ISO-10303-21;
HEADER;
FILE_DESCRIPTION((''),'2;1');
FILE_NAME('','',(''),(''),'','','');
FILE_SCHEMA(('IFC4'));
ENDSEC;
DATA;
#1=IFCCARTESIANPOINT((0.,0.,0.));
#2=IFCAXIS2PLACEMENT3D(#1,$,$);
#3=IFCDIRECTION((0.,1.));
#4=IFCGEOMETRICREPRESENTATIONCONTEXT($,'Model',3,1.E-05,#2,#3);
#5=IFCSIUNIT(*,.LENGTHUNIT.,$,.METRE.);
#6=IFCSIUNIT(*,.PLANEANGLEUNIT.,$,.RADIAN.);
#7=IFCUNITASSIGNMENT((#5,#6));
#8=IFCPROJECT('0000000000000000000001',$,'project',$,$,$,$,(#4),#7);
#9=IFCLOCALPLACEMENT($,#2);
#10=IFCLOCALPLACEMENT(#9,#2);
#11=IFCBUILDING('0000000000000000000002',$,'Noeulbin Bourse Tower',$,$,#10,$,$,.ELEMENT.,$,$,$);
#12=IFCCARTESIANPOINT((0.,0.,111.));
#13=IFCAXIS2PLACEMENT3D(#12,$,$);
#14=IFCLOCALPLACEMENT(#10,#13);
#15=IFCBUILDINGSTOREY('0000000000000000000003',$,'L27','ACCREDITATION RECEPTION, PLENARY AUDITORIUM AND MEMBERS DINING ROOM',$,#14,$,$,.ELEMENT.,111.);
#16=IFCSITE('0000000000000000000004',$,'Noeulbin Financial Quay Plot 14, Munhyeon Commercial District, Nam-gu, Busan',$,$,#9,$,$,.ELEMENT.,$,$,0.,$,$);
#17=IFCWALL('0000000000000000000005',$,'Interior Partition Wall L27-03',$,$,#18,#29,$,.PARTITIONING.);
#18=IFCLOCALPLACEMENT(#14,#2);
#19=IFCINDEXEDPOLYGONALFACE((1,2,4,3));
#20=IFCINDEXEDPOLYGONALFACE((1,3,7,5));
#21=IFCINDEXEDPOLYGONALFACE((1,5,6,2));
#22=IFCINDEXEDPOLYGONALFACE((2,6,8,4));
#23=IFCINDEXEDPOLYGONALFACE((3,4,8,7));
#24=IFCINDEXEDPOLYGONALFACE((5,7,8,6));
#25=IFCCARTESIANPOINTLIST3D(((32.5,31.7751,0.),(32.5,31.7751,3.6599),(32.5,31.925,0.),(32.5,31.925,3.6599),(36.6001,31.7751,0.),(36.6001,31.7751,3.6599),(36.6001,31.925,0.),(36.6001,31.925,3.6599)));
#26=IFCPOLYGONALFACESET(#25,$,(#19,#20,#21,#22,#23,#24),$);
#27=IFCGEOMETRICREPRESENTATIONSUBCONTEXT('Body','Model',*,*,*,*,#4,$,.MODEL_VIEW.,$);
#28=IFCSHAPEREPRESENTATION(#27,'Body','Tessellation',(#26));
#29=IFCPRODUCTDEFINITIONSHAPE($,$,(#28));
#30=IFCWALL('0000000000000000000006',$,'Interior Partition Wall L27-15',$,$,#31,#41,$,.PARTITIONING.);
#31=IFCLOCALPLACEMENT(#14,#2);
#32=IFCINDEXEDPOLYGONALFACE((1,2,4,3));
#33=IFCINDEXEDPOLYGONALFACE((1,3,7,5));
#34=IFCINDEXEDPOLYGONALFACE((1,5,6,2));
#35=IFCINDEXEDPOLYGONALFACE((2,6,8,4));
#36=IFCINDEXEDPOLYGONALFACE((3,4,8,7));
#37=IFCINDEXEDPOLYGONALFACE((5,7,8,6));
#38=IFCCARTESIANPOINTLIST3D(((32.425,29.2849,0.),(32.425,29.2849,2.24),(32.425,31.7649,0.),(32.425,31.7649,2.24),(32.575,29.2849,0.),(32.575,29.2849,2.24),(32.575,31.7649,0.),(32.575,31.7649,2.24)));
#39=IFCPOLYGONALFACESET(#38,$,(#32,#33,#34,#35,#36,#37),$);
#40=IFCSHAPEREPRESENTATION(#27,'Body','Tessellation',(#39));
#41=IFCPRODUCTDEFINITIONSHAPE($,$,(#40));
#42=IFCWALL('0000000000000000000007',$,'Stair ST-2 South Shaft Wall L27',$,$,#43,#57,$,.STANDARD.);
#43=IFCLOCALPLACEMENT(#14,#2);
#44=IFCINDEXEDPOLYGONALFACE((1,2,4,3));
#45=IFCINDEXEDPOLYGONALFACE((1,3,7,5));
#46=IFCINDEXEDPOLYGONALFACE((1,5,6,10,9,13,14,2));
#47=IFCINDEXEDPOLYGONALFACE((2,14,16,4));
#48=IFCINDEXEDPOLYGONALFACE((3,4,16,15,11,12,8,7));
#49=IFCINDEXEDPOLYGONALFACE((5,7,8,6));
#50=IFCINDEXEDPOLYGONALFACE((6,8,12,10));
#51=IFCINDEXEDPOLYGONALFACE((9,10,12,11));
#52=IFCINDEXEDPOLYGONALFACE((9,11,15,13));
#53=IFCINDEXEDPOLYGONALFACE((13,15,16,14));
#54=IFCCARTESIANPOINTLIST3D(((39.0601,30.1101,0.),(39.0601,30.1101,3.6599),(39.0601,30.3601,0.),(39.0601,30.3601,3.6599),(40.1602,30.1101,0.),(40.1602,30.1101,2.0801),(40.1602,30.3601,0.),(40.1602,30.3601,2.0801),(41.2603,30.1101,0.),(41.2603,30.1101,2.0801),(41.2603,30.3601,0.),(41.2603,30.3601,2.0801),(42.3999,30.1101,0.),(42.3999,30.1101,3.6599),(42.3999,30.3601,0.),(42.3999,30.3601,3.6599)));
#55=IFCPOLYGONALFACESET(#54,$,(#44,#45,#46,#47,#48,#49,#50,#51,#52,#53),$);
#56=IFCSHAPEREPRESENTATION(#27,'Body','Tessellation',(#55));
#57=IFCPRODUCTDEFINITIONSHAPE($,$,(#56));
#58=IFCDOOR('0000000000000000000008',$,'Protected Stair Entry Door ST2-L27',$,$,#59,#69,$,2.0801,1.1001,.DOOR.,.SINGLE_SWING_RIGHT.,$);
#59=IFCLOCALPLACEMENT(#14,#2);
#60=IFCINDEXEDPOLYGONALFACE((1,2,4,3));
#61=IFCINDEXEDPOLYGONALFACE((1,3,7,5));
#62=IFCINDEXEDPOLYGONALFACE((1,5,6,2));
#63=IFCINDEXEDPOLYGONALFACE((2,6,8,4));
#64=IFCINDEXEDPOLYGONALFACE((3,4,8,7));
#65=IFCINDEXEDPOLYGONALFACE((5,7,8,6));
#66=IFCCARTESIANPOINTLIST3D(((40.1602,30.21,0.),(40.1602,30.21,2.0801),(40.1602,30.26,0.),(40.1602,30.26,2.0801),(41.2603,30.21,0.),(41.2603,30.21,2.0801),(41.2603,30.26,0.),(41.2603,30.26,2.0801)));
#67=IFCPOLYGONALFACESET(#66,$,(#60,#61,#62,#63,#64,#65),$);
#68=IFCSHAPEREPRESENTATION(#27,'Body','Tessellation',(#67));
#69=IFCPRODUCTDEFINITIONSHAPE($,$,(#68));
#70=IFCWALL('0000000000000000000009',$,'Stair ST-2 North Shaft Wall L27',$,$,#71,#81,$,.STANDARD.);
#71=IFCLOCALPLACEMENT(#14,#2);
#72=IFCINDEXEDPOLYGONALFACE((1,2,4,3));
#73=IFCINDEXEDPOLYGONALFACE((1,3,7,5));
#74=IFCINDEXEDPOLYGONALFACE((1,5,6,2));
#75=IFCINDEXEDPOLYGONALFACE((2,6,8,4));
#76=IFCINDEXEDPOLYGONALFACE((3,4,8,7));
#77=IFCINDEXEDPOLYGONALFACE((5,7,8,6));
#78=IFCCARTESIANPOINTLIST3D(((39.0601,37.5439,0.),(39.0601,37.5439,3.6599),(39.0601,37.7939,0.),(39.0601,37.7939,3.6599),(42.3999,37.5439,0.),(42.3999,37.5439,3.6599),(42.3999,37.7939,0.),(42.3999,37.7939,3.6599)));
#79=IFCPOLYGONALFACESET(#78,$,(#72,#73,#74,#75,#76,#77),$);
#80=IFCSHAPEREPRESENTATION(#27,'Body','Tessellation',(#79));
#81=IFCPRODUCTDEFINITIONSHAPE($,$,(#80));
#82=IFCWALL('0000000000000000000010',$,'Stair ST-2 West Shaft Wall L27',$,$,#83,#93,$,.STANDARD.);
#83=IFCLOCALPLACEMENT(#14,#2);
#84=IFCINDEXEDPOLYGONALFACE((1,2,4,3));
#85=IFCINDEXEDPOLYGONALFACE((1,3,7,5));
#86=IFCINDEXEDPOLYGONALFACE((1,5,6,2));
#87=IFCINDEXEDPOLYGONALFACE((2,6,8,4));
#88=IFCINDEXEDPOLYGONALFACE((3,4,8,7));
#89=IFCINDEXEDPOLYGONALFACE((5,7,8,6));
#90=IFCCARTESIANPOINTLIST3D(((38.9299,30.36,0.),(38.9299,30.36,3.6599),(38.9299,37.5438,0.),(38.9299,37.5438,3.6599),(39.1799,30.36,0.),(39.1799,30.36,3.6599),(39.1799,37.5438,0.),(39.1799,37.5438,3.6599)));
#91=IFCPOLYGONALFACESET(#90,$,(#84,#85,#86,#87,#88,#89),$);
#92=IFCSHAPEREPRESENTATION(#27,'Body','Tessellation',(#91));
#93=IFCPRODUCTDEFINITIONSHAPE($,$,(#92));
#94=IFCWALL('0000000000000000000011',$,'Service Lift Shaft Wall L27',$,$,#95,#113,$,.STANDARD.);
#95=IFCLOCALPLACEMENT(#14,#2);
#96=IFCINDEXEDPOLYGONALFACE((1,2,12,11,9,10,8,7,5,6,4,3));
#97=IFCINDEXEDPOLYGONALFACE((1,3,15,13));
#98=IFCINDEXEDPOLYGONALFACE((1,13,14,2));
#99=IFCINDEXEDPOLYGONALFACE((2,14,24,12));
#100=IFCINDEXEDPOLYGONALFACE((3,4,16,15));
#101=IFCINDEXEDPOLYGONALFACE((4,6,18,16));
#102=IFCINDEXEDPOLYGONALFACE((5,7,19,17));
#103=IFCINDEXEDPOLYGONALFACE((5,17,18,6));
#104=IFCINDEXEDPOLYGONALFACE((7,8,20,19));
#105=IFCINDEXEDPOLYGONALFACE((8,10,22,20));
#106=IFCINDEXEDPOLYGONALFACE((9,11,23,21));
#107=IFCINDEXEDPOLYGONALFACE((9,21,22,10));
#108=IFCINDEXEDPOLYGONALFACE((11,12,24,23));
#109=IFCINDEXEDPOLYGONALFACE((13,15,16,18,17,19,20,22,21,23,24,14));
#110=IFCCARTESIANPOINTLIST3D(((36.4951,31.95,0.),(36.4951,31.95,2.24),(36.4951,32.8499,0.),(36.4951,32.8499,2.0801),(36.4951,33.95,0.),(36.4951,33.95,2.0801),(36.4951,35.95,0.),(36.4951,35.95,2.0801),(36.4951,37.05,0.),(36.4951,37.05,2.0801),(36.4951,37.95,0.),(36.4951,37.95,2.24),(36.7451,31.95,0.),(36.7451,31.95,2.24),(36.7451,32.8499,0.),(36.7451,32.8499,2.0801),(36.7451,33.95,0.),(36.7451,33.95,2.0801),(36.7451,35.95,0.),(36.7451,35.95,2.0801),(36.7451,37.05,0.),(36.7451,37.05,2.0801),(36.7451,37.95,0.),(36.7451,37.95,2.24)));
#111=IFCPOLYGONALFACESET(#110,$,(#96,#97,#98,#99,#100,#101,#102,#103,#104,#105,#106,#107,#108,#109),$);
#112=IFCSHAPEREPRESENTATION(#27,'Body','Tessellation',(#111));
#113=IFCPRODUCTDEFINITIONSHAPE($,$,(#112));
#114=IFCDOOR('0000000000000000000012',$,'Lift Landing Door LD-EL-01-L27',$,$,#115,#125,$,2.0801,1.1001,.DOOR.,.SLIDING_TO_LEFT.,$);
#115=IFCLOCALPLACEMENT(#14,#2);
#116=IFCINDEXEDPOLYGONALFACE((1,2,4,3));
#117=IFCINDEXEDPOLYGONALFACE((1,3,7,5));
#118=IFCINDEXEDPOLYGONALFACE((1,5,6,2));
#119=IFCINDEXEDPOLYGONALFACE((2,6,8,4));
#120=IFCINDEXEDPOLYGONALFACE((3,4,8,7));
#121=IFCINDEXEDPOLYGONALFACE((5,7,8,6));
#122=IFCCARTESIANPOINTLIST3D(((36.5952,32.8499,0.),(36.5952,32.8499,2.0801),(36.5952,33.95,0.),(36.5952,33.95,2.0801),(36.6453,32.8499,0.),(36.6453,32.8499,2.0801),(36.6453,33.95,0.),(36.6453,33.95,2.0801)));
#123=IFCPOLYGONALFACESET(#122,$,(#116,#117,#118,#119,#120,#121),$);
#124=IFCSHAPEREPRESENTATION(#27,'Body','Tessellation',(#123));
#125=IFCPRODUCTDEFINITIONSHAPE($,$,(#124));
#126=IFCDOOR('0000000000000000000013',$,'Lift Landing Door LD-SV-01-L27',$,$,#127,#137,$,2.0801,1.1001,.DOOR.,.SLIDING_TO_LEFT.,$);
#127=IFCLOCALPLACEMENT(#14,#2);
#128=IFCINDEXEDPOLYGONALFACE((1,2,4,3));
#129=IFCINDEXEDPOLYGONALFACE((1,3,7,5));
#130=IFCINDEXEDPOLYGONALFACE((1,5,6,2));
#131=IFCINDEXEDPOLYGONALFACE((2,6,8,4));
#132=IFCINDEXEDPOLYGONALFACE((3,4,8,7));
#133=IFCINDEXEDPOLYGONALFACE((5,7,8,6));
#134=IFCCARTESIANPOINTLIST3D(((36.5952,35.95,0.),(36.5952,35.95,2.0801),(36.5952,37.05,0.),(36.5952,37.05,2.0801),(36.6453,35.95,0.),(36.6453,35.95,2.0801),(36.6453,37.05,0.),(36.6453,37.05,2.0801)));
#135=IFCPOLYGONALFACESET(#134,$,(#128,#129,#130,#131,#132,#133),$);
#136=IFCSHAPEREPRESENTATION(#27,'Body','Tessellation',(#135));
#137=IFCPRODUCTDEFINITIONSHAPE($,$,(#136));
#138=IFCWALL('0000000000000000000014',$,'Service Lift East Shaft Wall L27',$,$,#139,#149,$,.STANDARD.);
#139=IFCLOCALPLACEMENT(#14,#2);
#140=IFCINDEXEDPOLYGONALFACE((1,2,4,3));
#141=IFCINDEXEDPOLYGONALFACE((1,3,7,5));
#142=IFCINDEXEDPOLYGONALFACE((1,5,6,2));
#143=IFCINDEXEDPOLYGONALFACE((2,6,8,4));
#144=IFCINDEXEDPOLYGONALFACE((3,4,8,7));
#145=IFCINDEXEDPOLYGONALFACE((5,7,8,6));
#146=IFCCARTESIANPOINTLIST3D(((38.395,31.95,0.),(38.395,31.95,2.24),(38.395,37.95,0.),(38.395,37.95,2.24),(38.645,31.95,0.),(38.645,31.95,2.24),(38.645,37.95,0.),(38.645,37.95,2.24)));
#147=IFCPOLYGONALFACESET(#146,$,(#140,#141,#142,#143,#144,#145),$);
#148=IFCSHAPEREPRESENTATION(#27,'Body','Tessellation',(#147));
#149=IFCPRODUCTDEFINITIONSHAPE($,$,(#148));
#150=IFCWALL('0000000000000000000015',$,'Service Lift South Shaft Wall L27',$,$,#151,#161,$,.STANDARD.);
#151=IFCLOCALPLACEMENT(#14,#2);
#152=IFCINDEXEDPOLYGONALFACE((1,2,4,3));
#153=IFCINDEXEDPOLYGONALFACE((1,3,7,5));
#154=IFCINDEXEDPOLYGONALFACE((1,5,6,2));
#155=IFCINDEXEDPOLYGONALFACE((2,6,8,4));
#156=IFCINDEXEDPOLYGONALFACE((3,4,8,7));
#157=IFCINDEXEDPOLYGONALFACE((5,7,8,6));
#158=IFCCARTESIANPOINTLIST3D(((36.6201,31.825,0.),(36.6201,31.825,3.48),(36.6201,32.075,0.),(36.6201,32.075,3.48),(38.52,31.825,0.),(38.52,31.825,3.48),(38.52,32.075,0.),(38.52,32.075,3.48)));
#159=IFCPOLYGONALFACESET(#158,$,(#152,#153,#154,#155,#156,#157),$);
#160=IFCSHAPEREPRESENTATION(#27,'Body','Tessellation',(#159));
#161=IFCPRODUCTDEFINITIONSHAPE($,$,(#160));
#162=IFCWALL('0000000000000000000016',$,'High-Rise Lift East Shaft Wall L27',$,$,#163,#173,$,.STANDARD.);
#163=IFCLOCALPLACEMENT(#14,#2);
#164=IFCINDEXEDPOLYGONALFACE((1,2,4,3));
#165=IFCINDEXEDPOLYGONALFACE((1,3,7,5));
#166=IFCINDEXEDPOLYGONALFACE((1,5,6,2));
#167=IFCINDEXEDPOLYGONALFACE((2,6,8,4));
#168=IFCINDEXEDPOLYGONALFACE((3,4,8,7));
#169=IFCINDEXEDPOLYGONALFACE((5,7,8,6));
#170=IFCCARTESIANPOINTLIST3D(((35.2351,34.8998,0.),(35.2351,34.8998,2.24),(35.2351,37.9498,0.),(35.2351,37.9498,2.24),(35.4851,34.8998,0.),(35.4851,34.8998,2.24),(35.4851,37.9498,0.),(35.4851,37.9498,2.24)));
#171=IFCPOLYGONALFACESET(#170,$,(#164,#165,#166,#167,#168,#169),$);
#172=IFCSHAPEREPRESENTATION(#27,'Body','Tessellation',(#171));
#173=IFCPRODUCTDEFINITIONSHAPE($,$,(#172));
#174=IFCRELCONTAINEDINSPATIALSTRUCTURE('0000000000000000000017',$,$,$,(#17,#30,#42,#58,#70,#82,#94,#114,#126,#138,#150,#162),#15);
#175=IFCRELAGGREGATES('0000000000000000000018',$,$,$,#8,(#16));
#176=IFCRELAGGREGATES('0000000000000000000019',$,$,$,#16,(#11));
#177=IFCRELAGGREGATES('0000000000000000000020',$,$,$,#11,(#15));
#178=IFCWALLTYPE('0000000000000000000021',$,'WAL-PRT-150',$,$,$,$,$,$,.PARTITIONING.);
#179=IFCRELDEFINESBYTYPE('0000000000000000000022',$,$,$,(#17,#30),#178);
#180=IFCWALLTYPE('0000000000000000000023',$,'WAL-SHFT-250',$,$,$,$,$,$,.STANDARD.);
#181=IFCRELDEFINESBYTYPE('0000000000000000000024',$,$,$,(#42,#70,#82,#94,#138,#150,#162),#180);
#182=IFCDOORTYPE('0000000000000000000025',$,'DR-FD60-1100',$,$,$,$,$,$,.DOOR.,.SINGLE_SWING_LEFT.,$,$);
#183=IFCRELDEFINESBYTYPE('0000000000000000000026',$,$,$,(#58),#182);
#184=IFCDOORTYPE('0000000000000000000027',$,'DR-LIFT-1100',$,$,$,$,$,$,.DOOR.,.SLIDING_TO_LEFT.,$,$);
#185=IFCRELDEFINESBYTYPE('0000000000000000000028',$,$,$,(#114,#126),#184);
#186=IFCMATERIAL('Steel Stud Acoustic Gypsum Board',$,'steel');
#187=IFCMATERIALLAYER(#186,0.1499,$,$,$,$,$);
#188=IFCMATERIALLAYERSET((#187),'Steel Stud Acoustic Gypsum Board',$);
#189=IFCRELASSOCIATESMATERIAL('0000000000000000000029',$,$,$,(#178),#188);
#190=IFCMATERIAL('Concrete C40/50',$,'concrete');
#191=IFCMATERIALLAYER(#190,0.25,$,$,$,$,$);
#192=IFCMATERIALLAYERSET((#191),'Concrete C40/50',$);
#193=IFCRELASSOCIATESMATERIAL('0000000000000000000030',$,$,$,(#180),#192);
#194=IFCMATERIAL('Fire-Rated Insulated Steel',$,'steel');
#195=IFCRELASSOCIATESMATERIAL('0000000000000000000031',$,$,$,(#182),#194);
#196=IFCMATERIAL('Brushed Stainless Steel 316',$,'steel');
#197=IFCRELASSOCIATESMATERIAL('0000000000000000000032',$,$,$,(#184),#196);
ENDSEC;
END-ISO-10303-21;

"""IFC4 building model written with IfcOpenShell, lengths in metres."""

from ifc_helpers import new_model, si_unit, direction, frame, frame_2d, origin, place, context, subcontext, project, spatial, rectangle, extrude, material, layer, layer_set, type_object, element, fill, save


model = new_model("IFC4")

# Units and contexts
model_context = context("Model", 3, precision=1e-05, world=origin(), true_north=direction((0.0, 1.0)))
body_context = subcontext(model_context, "Body", "Model", "MODEL_VIEW")
ifc_project = project(units=[si_unit("LENGTHUNIT", "METRE"), si_unit("PLANEANGLEUNIT", "RADIAN")], contexts=[model_context])

# Site, building, storey
site_placement = place(None, origin())
site = spatial("IfcSite", under=ifc_project, at=site_placement, Name="Noeulbin Financial Quay Plot 14, Munhyeon Commercial District, Nam-gu, Busan", CompositionType="ELEMENT", RefElevation=0.0)
building_placement = place(site_placement, origin())
building = spatial("IfcBuilding", under=site, at=building_placement, Name="Noeulbin Bourse Tower", CompositionType="ELEMENT")
storey_placement = place(building_placement, frame((0.0, 0.0, 111.0)))
storey = spatial("IfcBuildingStorey", under=building, at=storey_placement, Name="L27", Description="ACCREDITATION RECEPTION, PLENARY AUDITORIUM AND MEMBERS DINING ROOM", CompositionType="ELEMENT", Elevation=111.0)

# Walls
ifc_material_1 = material(Name="Concrete C40/50", Category="concrete")
ifc_material_2 = material(Name="Steel Stud Acoustic Gypsum Board", Category="steel")
ifc_layer_1 = layer(ifc_material_2, 0.1499)
ifc_layer_set_1 = layer_set([ifc_layer_1], Name="Steel Stud Acoustic Gypsum Board")
wall_type_1 = type_object("IfcWallType", Name="WAL-PRT-150", PredefinedType="PARTITIONING", material=ifc_layer_set_1)
wall_1_placement = place(storey_placement, frame((32.5, 31.8501, 0.0), z_axis=(0.0, 0.0, 1.0), x_axis=(1.0, 0.0, 0.0)))
element("IfcWall", 1, at=wall_1_placement, inside=storey, type_object=wall_type_1, Name="Interior Partition Wall L27-03", PredefinedType="PARTITIONING", context=body_context, shape_type="SweptSolid", body=[
    extrude(rectangle(XDim=4.1001, YDim=0.1499, at=frame_2d((2.05, 0.0))), origin(), (0.0, 0.0, 1.0), 3.6599),
])
wall_2_placement = place(storey_placement, frame((32.5, 29.2849, 0.0), z_axis=(0.0, 0.0, 1.0), x_axis=(0.0, 1.0, 0.0)))
element("IfcWall", 2, at=wall_2_placement, inside=storey, type_object=wall_type_1, Name="Interior Partition Wall L27-15", PredefinedType="PARTITIONING", context=body_context, shape_type="SweptSolid", body=[
    extrude(rectangle(XDim=2.48, YDim=0.1499, at=frame_2d((1.24, 0.0))), origin(), (0.0, 0.0, 1.0), 2.24),
])

# Wall, opening, door
ifc_layer_2 = layer(ifc_material_1, 0.25)
ifc_layer_set_2 = layer_set([ifc_layer_2], Name="Concrete C40/50")
wall_type_2 = type_object("IfcWallType", Name="WAL-SHFT-250", PredefinedType="STANDARD", material=ifc_layer_set_2)
wall_3_placement = place(storey_placement, frame((39.0601, 30.2351, 0.0), z_axis=(0.0, 0.0, 1.0), x_axis=(1.0, 0.0, 0.0)))
wall_3 = element("IfcWall", 3, at=wall_3_placement, inside=storey, type_object=wall_type_2, Name="Stair ST-2 South Shaft Wall L27", PredefinedType="STANDARD", context=body_context, shape_type="SweptSolid", body=[
    extrude(rectangle(XDim=3.3398, YDim=0.25, at=frame_2d((1.6699, 0.0))), origin(), (0.0, 0.0, 1.0), 3.6599),
])
opening_1_placement = place(wall_3_placement, frame((1.1001, 0.0, 0.0)))
opening_1 = element("IfcOpeningElement", 4, at=opening_1_placement, cuts=wall_3, PredefinedType="OPENING", context=body_context, shape_type="SweptSolid", body=[
    extrude(rectangle(XDim=1.1001, YDim=2.0801, at=frame_2d((0.55, 1.04))), frame((0.0, 0.135, 0.0), z_axis=(0.0, -1.0, 0.0), x_axis=(1.0, 0.0, 0.0)), (0.0, 0.0, 1.0), 0.27),
])
ifc_material_3 = material(Name="Fire-Rated Insulated Steel", Category="steel")
door_type_1 = type_object("IfcDoorType", Name="DR-FD60-1100", OperationType="SINGLE_SWING_LEFT", PredefinedType="DOOR", material=ifc_material_3)
door_1_placement = place(opening_1_placement, origin())
door_1 = element("IfcDoor", 5, at=door_1_placement, inside=storey, type_object=door_type_1, Name="Protected Stair Entry Door ST2-L27", OperationType="SINGLE_SWING_RIGHT", OverallHeight=2.0801, OverallWidth=1.1001, PredefinedType="DOOR", context=body_context, shape_type="SweptSolid", body=[
    extrude(rectangle(XDim=1.1001, YDim=2.0801, at=frame_2d((0.55, 1.04))), frame((0.0, 0.0249, 0.0), z_axis=(0.0, -1.0, 0.0), x_axis=(1.0, 0.0, 0.0)), (0.0, 0.0, 1.0), 0.05),
])
fill(opening_1, door_1)

# Walls
wall_4_placement = place(storey_placement, frame((39.0601, 37.6689, 0.0), z_axis=(0.0, 0.0, 1.0), x_axis=(1.0, 0.0, 0.0)))
element("IfcWall", 6, at=wall_4_placement, inside=storey, type_object=wall_type_2, Name="Stair ST-2 North Shaft Wall L27", PredefinedType="STANDARD", context=body_context, shape_type="SweptSolid", body=[
    extrude(rectangle(XDim=3.3398, YDim=0.25, at=frame_2d((1.6699, 0.0))), origin(), (0.0, 0.0, 1.0), 3.6599),
])
wall_5_placement = place(storey_placement, frame((39.0549, 30.3601, 0.0), z_axis=(0.0, 0.0, 1.0), x_axis=(0.0, 1.0, 0.0)))
element("IfcWall", 7, at=wall_5_placement, inside=storey, type_object=wall_type_2, Name="Stair ST-2 West Shaft Wall L27", PredefinedType="STANDARD", context=body_context, shape_type="SweptSolid", body=[
    extrude(rectangle(XDim=7.1838, YDim=0.25, at=frame_2d((3.5918, 0.0))), origin(), (0.0, 0.0, 1.0), 3.6599),
])

# Wall, openings, doors
wall_6_placement = place(storey_placement, frame((36.6201, 31.95, 0.0), z_axis=(0.0, 0.0, 1.0), x_axis=(0.0, 1.0, 0.0)))
wall_6 = element("IfcWall", 8, at=wall_6_placement, inside=storey, type_object=wall_type_2, Name="Service Lift Shaft Wall L27", PredefinedType="STANDARD", context=body_context, shape_type="SweptSolid", body=[
    extrude(rectangle(XDim=6.0, YDim=0.25, at=frame_2d((3.0, 0.0))), origin(), (0.0, 0.0, 1.0), 2.24),
])
opening_2_placement = place(wall_6_placement, frame((0.8999, 0.0, 0.0)))
opening_2 = element("IfcOpeningElement", 9, at=opening_2_placement, cuts=wall_6, PredefinedType="OPENING", context=body_context, shape_type="SweptSolid", body=[
    extrude(rectangle(XDim=1.1001, YDim=2.0801, at=frame_2d((0.55, 1.04))), frame((0.0, 0.135, 0.0), z_axis=(0.0, -1.0, 0.0), x_axis=(1.0, 0.0, 0.0)), (0.0, 0.0, 1.0), 0.27),
])
opening_3_placement = place(wall_6_placement, frame((4.0, 0.0, 0.0)))
opening_3 = element("IfcOpeningElement", 10, at=opening_3_placement, cuts=wall_6, PredefinedType="OPENING", context=body_context, shape_type="SweptSolid", body=[
    extrude(rectangle(XDim=1.1001, YDim=2.0801, at=frame_2d((0.55, 1.04))), frame((0.0, 0.135, 0.0), z_axis=(0.0, -1.0, 0.0), x_axis=(1.0, 0.0, 0.0)), (0.0, 0.0, 1.0), 0.27),
])
ifc_material_4 = material(Name="Brushed Stainless Steel 316", Category="steel")
door_type_2 = type_object("IfcDoorType", Name="DR-LIFT-1100", OperationType="SLIDING_TO_LEFT", PredefinedType="DOOR", material=ifc_material_4)
door_2_placement = place(opening_2_placement, origin())
door_2 = element("IfcDoor", 11, at=door_2_placement, inside=storey, type_object=door_type_2, Name="Lift Landing Door LD-EL-01-L27", OperationType="SLIDING_TO_LEFT", OverallHeight=2.0801, OverallWidth=1.1001, PredefinedType="DOOR", context=body_context, shape_type="SweptSolid", body=[
    extrude(rectangle(XDim=1.1001, YDim=2.0801, at=frame_2d((0.55, 1.04))), frame((0.0, 0.0249, 0.0), z_axis=(0.0, -1.0, 0.0), x_axis=(1.0, 0.0, 0.0)), (0.0, 0.0, 1.0), 0.05),
])
fill(opening_2, door_2)
door_3_placement = place(opening_3_placement, origin())
door_3 = element("IfcDoor", 12, at=door_3_placement, inside=storey, type_object=door_type_2, Name="Lift Landing Door LD-SV-01-L27", OperationType="SLIDING_TO_LEFT", OverallHeight=2.0801, OverallWidth=1.1001, PredefinedType="DOOR", context=body_context, shape_type="SweptSolid", body=[
    extrude(rectangle(XDim=1.1001, YDim=2.0801, at=frame_2d((0.55, 1.04))), frame((0.0, 0.0249, 0.0), z_axis=(0.0, -1.0, 0.0), x_axis=(1.0, 0.0, 0.0)), (0.0, 0.0, 1.0), 0.05),
])
fill(opening_3, door_3)

# Walls
wall_7_placement = place(storey_placement, frame((38.52, 31.95, 0.0), z_axis=(0.0, 0.0, 1.0), x_axis=(0.0, 1.0, 0.0)))
element("IfcWall", 13, at=wall_7_placement, inside=storey, type_object=wall_type_2, Name="Service Lift East Shaft Wall L27", PredefinedType="STANDARD", context=body_context, shape_type="SweptSolid", body=[
    extrude(rectangle(XDim=6.0, YDim=0.25, at=frame_2d((3.0, 0.0))), origin(), (0.0, 0.0, 1.0), 2.24),
])
wall_8_placement = place(storey_placement, frame((36.6201, 31.95, 0.0), z_axis=(0.0, 0.0, 1.0), x_axis=(1.0, 0.0, 0.0)))
element("IfcWall", 14, at=wall_8_placement, inside=storey, type_object=wall_type_2, Name="Service Lift South Shaft Wall L27", PredefinedType="STANDARD", context=body_context, shape_type="SweptSolid", body=[
    extrude(rectangle(XDim=1.8999, YDim=0.25, at=frame_2d((0.95, 0.0))), origin(), (0.0, 0.0, 1.0), 3.48),
])
wall_9_placement = place(storey_placement, frame((35.3601, 34.8999, 0.0), z_axis=(0.0, 0.0, 1.0), x_axis=(0.0, 1.0, 0.0)))
element("IfcWall", 15, at=wall_9_placement, inside=storey, type_object=wall_type_2, Name="High-Rise Lift East Shaft Wall L27", PredefinedType="STANDARD", context=body_context, shape_type="SweptSolid", body=[
    extrude(rectangle(XDim=3.05, YDim=0.25, at=frame_2d((1.5249, 0.0))), origin(), (0.0, 0.0, 1.0), 2.24),
])

save(model, "model.ifc")
